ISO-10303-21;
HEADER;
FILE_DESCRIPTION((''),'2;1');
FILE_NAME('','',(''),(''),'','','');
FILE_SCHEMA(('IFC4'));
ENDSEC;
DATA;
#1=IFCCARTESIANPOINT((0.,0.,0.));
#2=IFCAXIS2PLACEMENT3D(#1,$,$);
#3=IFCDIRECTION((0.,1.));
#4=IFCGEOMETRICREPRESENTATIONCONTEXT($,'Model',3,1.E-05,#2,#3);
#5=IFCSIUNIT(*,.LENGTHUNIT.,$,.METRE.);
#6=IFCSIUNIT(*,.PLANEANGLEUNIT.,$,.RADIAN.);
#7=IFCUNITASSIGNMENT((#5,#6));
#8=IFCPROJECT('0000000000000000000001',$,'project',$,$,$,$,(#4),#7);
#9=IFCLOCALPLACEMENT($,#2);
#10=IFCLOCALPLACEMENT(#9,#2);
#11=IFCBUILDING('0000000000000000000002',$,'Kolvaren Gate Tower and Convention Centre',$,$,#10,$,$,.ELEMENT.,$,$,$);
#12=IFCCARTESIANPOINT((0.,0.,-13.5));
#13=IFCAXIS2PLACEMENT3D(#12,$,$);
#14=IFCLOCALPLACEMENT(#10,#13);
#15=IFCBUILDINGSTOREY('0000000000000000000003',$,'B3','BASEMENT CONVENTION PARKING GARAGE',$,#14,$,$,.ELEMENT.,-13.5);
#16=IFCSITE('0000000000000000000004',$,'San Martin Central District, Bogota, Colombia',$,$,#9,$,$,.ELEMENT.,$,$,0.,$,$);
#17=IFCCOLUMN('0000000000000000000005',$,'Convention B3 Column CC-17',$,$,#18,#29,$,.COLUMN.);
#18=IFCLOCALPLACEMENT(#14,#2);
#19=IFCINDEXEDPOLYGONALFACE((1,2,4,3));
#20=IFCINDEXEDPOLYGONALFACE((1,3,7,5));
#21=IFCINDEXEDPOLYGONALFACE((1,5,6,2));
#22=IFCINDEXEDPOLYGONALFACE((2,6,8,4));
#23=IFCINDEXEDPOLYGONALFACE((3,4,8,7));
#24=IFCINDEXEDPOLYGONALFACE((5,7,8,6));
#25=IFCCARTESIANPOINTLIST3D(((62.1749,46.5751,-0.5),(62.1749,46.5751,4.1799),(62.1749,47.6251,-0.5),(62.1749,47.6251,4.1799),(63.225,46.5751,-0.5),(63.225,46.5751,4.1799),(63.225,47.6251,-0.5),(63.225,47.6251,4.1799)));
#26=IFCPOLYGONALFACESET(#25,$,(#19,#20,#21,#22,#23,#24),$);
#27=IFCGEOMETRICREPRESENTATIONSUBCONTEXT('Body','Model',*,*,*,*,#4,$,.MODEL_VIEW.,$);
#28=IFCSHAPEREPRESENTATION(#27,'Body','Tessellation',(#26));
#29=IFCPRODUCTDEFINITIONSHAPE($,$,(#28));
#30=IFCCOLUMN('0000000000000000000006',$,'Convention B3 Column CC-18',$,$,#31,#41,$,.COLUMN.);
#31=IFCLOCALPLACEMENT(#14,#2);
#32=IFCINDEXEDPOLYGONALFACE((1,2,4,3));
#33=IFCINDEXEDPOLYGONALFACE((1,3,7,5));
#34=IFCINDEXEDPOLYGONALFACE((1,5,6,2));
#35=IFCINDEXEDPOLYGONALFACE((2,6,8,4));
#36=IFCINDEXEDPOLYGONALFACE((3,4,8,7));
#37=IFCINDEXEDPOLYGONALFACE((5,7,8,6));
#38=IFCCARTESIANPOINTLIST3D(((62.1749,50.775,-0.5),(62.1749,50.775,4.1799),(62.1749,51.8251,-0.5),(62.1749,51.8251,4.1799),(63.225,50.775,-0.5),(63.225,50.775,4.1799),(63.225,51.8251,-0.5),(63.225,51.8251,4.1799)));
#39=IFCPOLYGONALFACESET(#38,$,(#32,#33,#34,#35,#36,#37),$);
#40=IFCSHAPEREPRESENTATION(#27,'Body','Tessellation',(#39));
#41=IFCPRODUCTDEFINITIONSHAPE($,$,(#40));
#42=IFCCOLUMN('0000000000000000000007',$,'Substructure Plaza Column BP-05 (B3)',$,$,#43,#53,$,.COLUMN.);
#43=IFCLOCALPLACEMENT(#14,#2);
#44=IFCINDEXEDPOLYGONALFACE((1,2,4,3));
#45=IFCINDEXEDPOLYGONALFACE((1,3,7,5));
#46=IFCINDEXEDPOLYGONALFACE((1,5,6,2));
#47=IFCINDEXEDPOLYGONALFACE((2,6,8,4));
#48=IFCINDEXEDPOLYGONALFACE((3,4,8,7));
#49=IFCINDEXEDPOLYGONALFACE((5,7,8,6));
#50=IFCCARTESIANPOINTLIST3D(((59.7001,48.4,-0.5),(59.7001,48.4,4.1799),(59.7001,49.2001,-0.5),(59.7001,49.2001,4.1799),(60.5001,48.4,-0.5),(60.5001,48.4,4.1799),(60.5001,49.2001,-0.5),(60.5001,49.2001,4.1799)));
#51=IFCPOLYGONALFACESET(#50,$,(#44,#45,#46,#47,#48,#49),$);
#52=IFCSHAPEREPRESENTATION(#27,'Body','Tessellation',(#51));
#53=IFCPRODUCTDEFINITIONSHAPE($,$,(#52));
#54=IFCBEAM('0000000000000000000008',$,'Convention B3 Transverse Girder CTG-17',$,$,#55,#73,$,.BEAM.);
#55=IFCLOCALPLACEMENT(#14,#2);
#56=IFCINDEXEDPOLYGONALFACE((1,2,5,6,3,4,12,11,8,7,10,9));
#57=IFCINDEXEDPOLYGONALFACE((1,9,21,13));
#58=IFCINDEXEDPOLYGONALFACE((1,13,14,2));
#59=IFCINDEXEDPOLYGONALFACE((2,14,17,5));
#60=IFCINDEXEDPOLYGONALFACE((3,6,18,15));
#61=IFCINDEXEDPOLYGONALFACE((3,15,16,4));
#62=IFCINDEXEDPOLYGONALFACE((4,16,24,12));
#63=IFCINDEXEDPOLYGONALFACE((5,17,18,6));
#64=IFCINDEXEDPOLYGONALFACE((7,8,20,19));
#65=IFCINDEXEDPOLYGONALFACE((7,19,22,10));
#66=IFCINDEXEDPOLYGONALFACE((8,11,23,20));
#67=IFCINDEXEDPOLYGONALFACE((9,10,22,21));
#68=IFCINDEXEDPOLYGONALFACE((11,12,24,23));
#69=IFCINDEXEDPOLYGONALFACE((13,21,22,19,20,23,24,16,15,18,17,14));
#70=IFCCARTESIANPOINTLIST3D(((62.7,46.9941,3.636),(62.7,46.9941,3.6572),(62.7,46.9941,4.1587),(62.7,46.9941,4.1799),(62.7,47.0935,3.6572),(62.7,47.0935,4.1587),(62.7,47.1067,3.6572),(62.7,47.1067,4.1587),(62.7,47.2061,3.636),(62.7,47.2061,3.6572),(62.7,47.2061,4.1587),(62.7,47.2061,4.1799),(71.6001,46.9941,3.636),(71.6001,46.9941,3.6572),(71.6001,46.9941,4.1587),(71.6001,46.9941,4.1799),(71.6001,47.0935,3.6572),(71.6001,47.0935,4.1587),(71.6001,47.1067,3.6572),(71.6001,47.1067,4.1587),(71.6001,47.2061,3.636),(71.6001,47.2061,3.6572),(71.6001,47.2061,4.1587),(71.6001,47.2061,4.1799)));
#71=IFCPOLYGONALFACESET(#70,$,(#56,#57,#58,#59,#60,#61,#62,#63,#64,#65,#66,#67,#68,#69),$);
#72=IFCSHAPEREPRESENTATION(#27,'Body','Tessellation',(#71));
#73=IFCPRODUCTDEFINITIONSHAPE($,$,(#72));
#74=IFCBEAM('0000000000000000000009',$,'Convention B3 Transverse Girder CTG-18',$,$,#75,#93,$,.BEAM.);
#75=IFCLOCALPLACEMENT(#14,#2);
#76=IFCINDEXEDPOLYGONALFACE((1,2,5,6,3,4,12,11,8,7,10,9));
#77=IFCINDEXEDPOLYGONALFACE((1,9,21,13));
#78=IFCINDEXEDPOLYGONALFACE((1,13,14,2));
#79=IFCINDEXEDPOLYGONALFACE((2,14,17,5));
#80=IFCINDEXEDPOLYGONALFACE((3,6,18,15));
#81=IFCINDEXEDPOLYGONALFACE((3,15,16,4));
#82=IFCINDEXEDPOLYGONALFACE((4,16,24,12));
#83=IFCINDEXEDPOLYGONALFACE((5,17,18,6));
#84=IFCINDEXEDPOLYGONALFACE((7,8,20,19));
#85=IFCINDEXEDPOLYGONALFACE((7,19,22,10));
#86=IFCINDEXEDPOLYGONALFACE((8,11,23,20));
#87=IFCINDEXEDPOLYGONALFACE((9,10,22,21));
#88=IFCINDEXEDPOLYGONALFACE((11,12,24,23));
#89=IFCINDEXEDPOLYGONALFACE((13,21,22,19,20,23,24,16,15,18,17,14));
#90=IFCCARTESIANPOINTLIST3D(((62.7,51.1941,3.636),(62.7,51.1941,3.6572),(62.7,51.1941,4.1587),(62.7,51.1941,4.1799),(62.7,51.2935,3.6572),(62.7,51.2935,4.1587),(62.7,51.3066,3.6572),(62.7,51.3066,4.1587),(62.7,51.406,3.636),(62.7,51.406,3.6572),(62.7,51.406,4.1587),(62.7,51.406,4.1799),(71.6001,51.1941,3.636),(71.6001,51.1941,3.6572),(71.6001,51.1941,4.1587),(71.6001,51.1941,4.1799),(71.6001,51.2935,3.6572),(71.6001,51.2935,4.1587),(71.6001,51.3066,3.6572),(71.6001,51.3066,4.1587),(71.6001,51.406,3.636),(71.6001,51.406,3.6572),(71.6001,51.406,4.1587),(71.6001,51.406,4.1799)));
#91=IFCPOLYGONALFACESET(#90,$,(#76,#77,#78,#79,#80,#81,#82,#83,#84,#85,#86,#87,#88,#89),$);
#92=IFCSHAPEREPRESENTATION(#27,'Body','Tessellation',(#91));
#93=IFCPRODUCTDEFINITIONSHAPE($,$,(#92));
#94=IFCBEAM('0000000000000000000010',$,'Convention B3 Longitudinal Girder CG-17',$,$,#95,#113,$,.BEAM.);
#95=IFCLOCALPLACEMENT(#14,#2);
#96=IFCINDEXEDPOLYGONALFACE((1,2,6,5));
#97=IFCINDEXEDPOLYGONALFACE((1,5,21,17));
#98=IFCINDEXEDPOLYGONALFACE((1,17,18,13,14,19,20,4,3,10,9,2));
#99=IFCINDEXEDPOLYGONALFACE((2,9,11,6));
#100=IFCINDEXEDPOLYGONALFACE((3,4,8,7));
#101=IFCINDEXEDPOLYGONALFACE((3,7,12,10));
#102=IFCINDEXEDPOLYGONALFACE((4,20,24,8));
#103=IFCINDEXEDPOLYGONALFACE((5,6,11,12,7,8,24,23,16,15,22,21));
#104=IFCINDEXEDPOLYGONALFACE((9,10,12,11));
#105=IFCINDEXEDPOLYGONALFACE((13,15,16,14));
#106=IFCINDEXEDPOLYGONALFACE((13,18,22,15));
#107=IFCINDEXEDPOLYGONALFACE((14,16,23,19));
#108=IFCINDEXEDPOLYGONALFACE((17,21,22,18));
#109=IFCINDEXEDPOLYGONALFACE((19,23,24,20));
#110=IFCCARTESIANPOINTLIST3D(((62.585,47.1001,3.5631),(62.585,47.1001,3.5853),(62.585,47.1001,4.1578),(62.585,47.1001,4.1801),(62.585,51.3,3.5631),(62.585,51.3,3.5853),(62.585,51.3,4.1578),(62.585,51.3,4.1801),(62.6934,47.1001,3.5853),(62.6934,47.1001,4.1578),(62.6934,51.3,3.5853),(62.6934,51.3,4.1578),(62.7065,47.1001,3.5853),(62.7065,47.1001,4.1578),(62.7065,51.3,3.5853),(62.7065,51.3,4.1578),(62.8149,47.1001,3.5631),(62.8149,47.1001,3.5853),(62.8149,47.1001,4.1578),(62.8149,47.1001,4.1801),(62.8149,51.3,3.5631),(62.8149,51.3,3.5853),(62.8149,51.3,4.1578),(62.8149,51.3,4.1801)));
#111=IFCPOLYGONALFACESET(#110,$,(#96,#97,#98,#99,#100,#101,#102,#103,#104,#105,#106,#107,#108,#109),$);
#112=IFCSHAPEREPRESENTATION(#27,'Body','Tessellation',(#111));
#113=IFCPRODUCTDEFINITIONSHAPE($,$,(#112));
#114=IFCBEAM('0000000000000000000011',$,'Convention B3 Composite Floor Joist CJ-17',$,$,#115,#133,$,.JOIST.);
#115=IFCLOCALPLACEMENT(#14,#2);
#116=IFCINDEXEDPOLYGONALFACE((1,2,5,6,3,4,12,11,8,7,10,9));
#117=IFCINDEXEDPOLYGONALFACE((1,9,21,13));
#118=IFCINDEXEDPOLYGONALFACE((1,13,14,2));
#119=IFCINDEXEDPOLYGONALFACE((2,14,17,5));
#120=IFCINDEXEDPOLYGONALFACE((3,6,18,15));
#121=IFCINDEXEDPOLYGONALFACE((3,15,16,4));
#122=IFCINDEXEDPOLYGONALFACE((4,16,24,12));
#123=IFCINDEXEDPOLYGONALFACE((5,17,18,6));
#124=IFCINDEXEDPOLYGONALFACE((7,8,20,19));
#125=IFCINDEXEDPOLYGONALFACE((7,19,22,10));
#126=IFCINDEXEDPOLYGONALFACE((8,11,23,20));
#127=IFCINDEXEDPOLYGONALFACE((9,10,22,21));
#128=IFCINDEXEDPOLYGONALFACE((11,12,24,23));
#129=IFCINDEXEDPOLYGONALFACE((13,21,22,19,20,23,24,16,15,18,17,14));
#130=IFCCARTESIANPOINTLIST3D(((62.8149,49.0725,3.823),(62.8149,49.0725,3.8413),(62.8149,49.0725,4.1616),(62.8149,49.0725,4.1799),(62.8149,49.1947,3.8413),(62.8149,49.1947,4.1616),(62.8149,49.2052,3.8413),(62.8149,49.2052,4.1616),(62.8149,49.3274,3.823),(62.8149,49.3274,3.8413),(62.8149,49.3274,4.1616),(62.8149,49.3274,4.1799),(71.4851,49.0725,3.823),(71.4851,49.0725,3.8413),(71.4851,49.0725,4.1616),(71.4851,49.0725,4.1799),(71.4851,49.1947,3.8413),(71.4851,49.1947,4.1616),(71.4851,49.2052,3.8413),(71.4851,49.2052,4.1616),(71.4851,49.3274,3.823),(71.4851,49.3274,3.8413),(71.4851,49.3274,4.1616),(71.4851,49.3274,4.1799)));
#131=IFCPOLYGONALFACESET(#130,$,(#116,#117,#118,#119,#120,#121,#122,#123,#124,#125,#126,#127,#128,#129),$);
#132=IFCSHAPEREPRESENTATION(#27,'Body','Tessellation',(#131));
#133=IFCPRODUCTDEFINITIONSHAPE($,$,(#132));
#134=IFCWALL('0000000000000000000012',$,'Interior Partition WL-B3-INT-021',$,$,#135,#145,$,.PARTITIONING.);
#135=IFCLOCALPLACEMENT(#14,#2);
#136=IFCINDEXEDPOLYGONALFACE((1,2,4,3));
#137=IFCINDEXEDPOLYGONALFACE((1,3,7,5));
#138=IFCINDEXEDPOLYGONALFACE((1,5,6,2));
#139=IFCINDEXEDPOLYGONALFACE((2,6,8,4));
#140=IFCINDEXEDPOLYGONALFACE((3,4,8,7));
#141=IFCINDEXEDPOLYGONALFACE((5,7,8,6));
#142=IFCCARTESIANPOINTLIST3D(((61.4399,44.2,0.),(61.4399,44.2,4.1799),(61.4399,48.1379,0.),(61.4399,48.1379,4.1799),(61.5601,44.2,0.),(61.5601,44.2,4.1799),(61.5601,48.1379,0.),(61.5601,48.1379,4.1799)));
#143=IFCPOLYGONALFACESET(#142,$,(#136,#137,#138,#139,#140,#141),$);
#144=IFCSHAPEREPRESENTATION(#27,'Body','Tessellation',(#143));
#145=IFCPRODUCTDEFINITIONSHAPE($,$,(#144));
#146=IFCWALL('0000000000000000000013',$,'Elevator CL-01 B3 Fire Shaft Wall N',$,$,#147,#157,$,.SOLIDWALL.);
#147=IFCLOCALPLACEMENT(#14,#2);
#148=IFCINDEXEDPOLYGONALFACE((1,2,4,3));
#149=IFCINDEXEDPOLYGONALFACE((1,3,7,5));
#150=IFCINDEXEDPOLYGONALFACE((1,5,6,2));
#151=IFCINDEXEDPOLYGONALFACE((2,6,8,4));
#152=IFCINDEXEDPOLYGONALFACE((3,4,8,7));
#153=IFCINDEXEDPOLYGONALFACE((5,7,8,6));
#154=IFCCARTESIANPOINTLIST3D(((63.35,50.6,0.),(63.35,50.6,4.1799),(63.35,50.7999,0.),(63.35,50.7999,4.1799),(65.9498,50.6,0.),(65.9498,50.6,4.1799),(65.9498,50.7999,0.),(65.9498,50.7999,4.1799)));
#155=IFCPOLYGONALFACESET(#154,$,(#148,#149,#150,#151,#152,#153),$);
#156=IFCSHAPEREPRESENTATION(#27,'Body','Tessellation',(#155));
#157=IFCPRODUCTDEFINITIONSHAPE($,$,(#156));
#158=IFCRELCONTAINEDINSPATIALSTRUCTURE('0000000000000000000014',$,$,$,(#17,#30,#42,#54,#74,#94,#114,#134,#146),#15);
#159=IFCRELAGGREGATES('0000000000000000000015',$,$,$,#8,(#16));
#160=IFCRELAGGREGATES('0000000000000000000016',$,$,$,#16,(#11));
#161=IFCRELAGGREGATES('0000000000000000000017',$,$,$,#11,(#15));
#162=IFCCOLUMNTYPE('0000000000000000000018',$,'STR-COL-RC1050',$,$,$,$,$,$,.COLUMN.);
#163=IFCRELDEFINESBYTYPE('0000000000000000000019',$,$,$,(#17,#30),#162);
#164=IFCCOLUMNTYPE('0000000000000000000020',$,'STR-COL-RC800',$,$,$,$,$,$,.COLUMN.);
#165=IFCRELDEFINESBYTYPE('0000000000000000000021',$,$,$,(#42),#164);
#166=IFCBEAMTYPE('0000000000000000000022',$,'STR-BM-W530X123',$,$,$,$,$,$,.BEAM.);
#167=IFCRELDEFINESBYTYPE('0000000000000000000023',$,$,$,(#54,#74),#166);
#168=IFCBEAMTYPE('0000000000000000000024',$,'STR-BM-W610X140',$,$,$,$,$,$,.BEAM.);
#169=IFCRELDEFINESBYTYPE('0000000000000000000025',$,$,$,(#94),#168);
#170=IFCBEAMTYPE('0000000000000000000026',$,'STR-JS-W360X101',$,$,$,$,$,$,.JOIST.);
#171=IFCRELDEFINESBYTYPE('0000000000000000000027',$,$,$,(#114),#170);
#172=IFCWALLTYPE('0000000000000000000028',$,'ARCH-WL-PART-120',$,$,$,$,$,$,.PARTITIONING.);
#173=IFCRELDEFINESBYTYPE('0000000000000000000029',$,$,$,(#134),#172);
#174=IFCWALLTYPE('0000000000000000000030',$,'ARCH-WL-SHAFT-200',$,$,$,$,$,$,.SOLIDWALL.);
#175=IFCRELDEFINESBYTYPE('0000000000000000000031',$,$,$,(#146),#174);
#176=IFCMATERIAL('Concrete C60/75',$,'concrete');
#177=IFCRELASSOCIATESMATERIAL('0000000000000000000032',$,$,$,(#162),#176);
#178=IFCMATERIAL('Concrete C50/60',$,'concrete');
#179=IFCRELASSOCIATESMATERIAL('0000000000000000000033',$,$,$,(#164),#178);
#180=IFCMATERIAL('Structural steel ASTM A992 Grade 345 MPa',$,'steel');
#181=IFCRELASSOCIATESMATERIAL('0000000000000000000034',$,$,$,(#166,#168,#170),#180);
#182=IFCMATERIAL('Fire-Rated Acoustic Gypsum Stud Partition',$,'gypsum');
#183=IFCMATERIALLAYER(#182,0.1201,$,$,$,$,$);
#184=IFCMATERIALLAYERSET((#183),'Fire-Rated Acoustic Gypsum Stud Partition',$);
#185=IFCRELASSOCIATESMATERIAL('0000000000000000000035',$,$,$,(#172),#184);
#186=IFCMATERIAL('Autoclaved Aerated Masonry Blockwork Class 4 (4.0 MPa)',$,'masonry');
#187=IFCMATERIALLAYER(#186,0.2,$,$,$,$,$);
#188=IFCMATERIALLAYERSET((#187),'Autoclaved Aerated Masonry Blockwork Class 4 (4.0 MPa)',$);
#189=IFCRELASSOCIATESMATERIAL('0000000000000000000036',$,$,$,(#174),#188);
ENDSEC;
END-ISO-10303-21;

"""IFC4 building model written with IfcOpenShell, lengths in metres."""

from ifc_helpers import new_model, si_unit, direction, frame, frame_2d, origin, origin_2d, place, context, subcontext, project, spatial, rectangle, i_section, extrude, material, layer, layer_set, material_profile, profile_set, type_object, element, save


model = new_model("IFC4")

# Units and contexts
model_context = context("Model", 3, precision=1e-05, world=origin(), true_north=direction((0.0, 1.0)))
body_context = subcontext(model_context, "Body", "Model", "MODEL_VIEW")
ifc_project = project(units=[si_unit("LENGTHUNIT", "METRE"), si_unit("PLANEANGLEUNIT", "RADIAN")], contexts=[model_context])

# Site, building, storey
site_placement = place(None, origin())
site = spatial("IfcSite", under=ifc_project, at=site_placement, Name="San Martin Central District, Bogota, Colombia", CompositionType="ELEMENT", RefElevation=0.0)
building_placement = place(site_placement, origin())
building = spatial("IfcBuilding", under=site, at=building_placement, Name="Kolvaren Gate Tower and Convention Centre", CompositionType="ELEMENT")
storey_placement = place(building_placement, frame((0.0, 0.0, -13.5)))
storey = spatial("IfcBuildingStorey", under=building, at=storey_placement, Name="B3", Description="BASEMENT CONVENTION PARKING GARAGE", CompositionType="ELEMENT", Elevation=-13.5)

# Shared definitions
ifc_material_1 = material(Name="Concrete C50/60", Category="concrete")
ifc_material_2 = material(Name="Concrete C60/75", Category="concrete")

# Columns
ifc_material_profile_1 = material_profile(ifc_material_2, rectangle(XDim=1.05, YDim=1.05, at=origin_2d()), Name="RC-COL-1050X1050")
ifc_profile_set_1 = profile_set([ifc_material_profile_1], Name="Concrete C60/75")
column_type_1 = type_object("IfcColumnType", Name="STR-COL-RC1050", PredefinedType="COLUMN", material=ifc_profile_set_1)
for number, where, z_axis, x_axis, name in (
    (1, (62.7, 47.1001, -0.5), (0.0, 0.0, 1.0), (1.0, 0.0, 0.0), "Convention B3 Column CC-17"),
    (2, (62.7, 51.3, -0.5), (0.0, 0.0, 1.0), (1.0, 0.0, 0.0), "Convention B3 Column CC-18"),
):
    element("IfcColumn", number, at=place(storey_placement, frame(where, z_axis=z_axis, x_axis=x_axis)), inside=storey, type_object=column_type_1, Name=name, PredefinedType="COLUMN", context=body_context, shape_type="SweptSolid", body=[
        extrude(rectangle(XDim=1.05, YDim=1.05, at=origin_2d()), origin(), (0.0, 0.0, 1.0), 4.6799),
    ])
ifc_material_profile_2 = material_profile(ifc_material_1, rectangle(XDim=0.8, YDim=0.8, at=origin_2d()), Name="RC-COL-800X800")
ifc_profile_set_2 = profile_set([ifc_material_profile_2], Name="Concrete C50/60")
column_type_2 = type_object("IfcColumnType", Name="STR-COL-RC800", PredefinedType="COLUMN", material=ifc_profile_set_2)
column_placement = place(storey_placement, frame((60.1001, 48.8, -0.5), z_axis=(0.0, 0.0, 1.0), x_axis=(1.0, 0.0, 0.0)))
element("IfcColumn", 3, at=column_placement, inside=storey, type_object=column_type_2, Name="Substructure Plaza Column BP-05 (B3)", PredefinedType="COLUMN", context=body_context, shape_type="SweptSolid", body=[
    extrude(rectangle(XDim=0.8, YDim=0.8, at=origin_2d()), origin(), (0.0, 0.0, 1.0), 4.6799),
])

# Beams
ifc_material_3 = material(Name="Structural steel ASTM A992 Grade 345 MPa", Category="steel")
ifc_material_profile_3 = material_profile(ifc_material_3, i_section(OverallWidth=0.2119, OverallDepth=0.5439, WebThickness=0.0132, FlangeThickness=0.0212, at=origin_2d()), Name="W530X123")
ifc_profile_set_3 = profile_set([ifc_material_profile_3], Name="Structural steel ASTM A992 Grade 345 MPa")
beam_type_1 = type_object("IfcBeamType", Name="STR-BM-W530X123", PredefinedType="BEAM", material=ifc_profile_set_3)
for number, where, z_axis, x_axis, name in (
    (4, (62.7, 47.1001, 3.908), (1.0, 0.0, 0.0), (0.0, 1.0, 0.0), "Convention B3 Transverse Girder CTG-17"),
    (5, (62.7, 51.3, 3.908), (1.0, 0.0, 0.0), (0.0, 1.0, 0.0), "Convention B3 Transverse Girder CTG-18"),
):
    element("IfcBeam", number, at=place(storey_placement, frame(where, z_axis=z_axis, x_axis=x_axis)), inside=storey, type_object=beam_type_1, Name=name, PredefinedType="BEAM", context=body_context, shape_type="SweptSolid", body=[
        extrude(i_section(OverallWidth=0.2119, OverallDepth=0.5439, WebThickness=0.0132, FlangeThickness=0.0212, at=origin_2d()), origin(), (0.0, 0.0, 1.0), 8.9001),
    ])
ifc_material_profile_4 = material_profile(ifc_material_3, i_section(OverallWidth=0.23, OverallDepth=0.6169, WebThickness=0.0132, FlangeThickness=0.0222, at=origin_2d()), Name="W610X140")
ifc_profile_set_4 = profile_set([ifc_material_profile_4], Name="Structural steel ASTM A992 Grade 345 MPa")
beam_type_2 = type_object("IfcBeamType", Name="STR-BM-W610X140", PredefinedType="BEAM", material=ifc_profile_set_4)
beam_1_placement = place(storey_placement, frame((62.7, 47.1001, 3.8716), z_axis=(0.0, 1.0, 0.0), x_axis=(-1.0, 0.0, 0.0)))
element("IfcBeam", 6, at=beam_1_placement, inside=storey, type_object=beam_type_2, Name="Convention B3 Longitudinal Girder CG-17", PredefinedType="BEAM", context=body_context, shape_type="SweptSolid", body=[
    extrude(i_section(OverallWidth=0.23, OverallDepth=0.6169, WebThickness=0.0132, FlangeThickness=0.0222, at=origin_2d()), origin(), (0.0, 0.0, 1.0), 4.2),
])
ifc_material_profile_5 = material_profile(ifc_material_3, i_section(OverallWidth=0.2549, OverallDepth=0.3569, WebThickness=0.0105, FlangeThickness=0.0183, at=origin_2d()), Name="W360X101")
ifc_profile_set_5 = profile_set([ifc_material_profile_5], Name="Structural steel ASTM A992 Grade 345 MPa")
beam_type_3 = type_object("IfcBeamType", Name="STR-JS-W360X101", PredefinedType="JOIST", material=ifc_profile_set_5)
beam_2_placement = place(storey_placement, frame((62.8149, 49.2, 4.0015), z_axis=(1.0, 0.0, 0.0), x_axis=(0.0, 1.0, 0.0)))
element("IfcBeam", 7, at=beam_2_placement, inside=storey, type_object=beam_type_3, Name="Convention B3 Composite Floor Joist CJ-17", PredefinedType="JOIST", context=body_context, shape_type="SweptSolid", body=[
    extrude(i_section(OverallWidth=0.2549, OverallDepth=0.3569, WebThickness=0.0105, FlangeThickness=0.0183, at=origin_2d()), origin(), (0.0, 0.0, 1.0), 8.6702),
])

# Walls
ifc_material_4 = material(Name="Fire-Rated Acoustic Gypsum Stud Partition", Category="gypsum")
ifc_layer_1 = layer(ifc_material_4, 0.1201)
ifc_layer_set_1 = layer_set([ifc_layer_1], Name="Fire-Rated Acoustic Gypsum Stud Partition")
wall_type_1 = type_object("IfcWallType", Name="ARCH-WL-PART-120", PredefinedType="PARTITIONING", material=ifc_layer_set_1)
wall_1_placement = place(storey_placement, frame((61.5, 44.2, 0.0), z_axis=(0.0, 0.0, 1.0), x_axis=(0.0, 1.0, 0.0)))
element("IfcWall", 8, at=wall_1_placement, inside=storey, type_object=wall_type_1, Name="Interior Partition WL-B3-INT-021", PredefinedType="PARTITIONING", context=body_context, shape_type="SweptSolid", body=[
    extrude(rectangle(XDim=3.938, YDim=0.1201, at=frame_2d((1.969, 0.0))), origin(), (0.0, 0.0, 1.0), 4.1799),
])
ifc_material_5 = material(Name="Autoclaved Aerated Masonry Blockwork Class 4 (4.0 MPa)", Category="masonry")
ifc_layer_2 = layer(ifc_material_5, 0.2)
ifc_layer_set_2 = layer_set([ifc_layer_2], Name="Autoclaved Aerated Masonry Blockwork Class 4 (4.0 MPa)")
wall_type_2 = type_object("IfcWallType", Name="ARCH-WL-SHAFT-200", PredefinedType="SOLIDWALL", material=ifc_layer_set_2)
wall_2_placement = place(storey_placement, frame((63.3501, 50.7, 0.0), z_axis=(0.0, 0.0, 1.0), x_axis=(1.0, 0.0, 0.0)))
element("IfcWall", 9, at=wall_2_placement, inside=storey, type_object=wall_type_2, Name="Elevator CL-01 B3 Fire Shaft Wall N", PredefinedType="SOLIDWALL", context=body_context, shape_type="SweptSolid", body=[
    extrude(rectangle(XDim=2.5999, YDim=0.2, at=frame_2d((1.2998, 0.0))), origin(), (0.0, 0.0, 1.0), 4.1799),
])

save(model, "model.ifc")
